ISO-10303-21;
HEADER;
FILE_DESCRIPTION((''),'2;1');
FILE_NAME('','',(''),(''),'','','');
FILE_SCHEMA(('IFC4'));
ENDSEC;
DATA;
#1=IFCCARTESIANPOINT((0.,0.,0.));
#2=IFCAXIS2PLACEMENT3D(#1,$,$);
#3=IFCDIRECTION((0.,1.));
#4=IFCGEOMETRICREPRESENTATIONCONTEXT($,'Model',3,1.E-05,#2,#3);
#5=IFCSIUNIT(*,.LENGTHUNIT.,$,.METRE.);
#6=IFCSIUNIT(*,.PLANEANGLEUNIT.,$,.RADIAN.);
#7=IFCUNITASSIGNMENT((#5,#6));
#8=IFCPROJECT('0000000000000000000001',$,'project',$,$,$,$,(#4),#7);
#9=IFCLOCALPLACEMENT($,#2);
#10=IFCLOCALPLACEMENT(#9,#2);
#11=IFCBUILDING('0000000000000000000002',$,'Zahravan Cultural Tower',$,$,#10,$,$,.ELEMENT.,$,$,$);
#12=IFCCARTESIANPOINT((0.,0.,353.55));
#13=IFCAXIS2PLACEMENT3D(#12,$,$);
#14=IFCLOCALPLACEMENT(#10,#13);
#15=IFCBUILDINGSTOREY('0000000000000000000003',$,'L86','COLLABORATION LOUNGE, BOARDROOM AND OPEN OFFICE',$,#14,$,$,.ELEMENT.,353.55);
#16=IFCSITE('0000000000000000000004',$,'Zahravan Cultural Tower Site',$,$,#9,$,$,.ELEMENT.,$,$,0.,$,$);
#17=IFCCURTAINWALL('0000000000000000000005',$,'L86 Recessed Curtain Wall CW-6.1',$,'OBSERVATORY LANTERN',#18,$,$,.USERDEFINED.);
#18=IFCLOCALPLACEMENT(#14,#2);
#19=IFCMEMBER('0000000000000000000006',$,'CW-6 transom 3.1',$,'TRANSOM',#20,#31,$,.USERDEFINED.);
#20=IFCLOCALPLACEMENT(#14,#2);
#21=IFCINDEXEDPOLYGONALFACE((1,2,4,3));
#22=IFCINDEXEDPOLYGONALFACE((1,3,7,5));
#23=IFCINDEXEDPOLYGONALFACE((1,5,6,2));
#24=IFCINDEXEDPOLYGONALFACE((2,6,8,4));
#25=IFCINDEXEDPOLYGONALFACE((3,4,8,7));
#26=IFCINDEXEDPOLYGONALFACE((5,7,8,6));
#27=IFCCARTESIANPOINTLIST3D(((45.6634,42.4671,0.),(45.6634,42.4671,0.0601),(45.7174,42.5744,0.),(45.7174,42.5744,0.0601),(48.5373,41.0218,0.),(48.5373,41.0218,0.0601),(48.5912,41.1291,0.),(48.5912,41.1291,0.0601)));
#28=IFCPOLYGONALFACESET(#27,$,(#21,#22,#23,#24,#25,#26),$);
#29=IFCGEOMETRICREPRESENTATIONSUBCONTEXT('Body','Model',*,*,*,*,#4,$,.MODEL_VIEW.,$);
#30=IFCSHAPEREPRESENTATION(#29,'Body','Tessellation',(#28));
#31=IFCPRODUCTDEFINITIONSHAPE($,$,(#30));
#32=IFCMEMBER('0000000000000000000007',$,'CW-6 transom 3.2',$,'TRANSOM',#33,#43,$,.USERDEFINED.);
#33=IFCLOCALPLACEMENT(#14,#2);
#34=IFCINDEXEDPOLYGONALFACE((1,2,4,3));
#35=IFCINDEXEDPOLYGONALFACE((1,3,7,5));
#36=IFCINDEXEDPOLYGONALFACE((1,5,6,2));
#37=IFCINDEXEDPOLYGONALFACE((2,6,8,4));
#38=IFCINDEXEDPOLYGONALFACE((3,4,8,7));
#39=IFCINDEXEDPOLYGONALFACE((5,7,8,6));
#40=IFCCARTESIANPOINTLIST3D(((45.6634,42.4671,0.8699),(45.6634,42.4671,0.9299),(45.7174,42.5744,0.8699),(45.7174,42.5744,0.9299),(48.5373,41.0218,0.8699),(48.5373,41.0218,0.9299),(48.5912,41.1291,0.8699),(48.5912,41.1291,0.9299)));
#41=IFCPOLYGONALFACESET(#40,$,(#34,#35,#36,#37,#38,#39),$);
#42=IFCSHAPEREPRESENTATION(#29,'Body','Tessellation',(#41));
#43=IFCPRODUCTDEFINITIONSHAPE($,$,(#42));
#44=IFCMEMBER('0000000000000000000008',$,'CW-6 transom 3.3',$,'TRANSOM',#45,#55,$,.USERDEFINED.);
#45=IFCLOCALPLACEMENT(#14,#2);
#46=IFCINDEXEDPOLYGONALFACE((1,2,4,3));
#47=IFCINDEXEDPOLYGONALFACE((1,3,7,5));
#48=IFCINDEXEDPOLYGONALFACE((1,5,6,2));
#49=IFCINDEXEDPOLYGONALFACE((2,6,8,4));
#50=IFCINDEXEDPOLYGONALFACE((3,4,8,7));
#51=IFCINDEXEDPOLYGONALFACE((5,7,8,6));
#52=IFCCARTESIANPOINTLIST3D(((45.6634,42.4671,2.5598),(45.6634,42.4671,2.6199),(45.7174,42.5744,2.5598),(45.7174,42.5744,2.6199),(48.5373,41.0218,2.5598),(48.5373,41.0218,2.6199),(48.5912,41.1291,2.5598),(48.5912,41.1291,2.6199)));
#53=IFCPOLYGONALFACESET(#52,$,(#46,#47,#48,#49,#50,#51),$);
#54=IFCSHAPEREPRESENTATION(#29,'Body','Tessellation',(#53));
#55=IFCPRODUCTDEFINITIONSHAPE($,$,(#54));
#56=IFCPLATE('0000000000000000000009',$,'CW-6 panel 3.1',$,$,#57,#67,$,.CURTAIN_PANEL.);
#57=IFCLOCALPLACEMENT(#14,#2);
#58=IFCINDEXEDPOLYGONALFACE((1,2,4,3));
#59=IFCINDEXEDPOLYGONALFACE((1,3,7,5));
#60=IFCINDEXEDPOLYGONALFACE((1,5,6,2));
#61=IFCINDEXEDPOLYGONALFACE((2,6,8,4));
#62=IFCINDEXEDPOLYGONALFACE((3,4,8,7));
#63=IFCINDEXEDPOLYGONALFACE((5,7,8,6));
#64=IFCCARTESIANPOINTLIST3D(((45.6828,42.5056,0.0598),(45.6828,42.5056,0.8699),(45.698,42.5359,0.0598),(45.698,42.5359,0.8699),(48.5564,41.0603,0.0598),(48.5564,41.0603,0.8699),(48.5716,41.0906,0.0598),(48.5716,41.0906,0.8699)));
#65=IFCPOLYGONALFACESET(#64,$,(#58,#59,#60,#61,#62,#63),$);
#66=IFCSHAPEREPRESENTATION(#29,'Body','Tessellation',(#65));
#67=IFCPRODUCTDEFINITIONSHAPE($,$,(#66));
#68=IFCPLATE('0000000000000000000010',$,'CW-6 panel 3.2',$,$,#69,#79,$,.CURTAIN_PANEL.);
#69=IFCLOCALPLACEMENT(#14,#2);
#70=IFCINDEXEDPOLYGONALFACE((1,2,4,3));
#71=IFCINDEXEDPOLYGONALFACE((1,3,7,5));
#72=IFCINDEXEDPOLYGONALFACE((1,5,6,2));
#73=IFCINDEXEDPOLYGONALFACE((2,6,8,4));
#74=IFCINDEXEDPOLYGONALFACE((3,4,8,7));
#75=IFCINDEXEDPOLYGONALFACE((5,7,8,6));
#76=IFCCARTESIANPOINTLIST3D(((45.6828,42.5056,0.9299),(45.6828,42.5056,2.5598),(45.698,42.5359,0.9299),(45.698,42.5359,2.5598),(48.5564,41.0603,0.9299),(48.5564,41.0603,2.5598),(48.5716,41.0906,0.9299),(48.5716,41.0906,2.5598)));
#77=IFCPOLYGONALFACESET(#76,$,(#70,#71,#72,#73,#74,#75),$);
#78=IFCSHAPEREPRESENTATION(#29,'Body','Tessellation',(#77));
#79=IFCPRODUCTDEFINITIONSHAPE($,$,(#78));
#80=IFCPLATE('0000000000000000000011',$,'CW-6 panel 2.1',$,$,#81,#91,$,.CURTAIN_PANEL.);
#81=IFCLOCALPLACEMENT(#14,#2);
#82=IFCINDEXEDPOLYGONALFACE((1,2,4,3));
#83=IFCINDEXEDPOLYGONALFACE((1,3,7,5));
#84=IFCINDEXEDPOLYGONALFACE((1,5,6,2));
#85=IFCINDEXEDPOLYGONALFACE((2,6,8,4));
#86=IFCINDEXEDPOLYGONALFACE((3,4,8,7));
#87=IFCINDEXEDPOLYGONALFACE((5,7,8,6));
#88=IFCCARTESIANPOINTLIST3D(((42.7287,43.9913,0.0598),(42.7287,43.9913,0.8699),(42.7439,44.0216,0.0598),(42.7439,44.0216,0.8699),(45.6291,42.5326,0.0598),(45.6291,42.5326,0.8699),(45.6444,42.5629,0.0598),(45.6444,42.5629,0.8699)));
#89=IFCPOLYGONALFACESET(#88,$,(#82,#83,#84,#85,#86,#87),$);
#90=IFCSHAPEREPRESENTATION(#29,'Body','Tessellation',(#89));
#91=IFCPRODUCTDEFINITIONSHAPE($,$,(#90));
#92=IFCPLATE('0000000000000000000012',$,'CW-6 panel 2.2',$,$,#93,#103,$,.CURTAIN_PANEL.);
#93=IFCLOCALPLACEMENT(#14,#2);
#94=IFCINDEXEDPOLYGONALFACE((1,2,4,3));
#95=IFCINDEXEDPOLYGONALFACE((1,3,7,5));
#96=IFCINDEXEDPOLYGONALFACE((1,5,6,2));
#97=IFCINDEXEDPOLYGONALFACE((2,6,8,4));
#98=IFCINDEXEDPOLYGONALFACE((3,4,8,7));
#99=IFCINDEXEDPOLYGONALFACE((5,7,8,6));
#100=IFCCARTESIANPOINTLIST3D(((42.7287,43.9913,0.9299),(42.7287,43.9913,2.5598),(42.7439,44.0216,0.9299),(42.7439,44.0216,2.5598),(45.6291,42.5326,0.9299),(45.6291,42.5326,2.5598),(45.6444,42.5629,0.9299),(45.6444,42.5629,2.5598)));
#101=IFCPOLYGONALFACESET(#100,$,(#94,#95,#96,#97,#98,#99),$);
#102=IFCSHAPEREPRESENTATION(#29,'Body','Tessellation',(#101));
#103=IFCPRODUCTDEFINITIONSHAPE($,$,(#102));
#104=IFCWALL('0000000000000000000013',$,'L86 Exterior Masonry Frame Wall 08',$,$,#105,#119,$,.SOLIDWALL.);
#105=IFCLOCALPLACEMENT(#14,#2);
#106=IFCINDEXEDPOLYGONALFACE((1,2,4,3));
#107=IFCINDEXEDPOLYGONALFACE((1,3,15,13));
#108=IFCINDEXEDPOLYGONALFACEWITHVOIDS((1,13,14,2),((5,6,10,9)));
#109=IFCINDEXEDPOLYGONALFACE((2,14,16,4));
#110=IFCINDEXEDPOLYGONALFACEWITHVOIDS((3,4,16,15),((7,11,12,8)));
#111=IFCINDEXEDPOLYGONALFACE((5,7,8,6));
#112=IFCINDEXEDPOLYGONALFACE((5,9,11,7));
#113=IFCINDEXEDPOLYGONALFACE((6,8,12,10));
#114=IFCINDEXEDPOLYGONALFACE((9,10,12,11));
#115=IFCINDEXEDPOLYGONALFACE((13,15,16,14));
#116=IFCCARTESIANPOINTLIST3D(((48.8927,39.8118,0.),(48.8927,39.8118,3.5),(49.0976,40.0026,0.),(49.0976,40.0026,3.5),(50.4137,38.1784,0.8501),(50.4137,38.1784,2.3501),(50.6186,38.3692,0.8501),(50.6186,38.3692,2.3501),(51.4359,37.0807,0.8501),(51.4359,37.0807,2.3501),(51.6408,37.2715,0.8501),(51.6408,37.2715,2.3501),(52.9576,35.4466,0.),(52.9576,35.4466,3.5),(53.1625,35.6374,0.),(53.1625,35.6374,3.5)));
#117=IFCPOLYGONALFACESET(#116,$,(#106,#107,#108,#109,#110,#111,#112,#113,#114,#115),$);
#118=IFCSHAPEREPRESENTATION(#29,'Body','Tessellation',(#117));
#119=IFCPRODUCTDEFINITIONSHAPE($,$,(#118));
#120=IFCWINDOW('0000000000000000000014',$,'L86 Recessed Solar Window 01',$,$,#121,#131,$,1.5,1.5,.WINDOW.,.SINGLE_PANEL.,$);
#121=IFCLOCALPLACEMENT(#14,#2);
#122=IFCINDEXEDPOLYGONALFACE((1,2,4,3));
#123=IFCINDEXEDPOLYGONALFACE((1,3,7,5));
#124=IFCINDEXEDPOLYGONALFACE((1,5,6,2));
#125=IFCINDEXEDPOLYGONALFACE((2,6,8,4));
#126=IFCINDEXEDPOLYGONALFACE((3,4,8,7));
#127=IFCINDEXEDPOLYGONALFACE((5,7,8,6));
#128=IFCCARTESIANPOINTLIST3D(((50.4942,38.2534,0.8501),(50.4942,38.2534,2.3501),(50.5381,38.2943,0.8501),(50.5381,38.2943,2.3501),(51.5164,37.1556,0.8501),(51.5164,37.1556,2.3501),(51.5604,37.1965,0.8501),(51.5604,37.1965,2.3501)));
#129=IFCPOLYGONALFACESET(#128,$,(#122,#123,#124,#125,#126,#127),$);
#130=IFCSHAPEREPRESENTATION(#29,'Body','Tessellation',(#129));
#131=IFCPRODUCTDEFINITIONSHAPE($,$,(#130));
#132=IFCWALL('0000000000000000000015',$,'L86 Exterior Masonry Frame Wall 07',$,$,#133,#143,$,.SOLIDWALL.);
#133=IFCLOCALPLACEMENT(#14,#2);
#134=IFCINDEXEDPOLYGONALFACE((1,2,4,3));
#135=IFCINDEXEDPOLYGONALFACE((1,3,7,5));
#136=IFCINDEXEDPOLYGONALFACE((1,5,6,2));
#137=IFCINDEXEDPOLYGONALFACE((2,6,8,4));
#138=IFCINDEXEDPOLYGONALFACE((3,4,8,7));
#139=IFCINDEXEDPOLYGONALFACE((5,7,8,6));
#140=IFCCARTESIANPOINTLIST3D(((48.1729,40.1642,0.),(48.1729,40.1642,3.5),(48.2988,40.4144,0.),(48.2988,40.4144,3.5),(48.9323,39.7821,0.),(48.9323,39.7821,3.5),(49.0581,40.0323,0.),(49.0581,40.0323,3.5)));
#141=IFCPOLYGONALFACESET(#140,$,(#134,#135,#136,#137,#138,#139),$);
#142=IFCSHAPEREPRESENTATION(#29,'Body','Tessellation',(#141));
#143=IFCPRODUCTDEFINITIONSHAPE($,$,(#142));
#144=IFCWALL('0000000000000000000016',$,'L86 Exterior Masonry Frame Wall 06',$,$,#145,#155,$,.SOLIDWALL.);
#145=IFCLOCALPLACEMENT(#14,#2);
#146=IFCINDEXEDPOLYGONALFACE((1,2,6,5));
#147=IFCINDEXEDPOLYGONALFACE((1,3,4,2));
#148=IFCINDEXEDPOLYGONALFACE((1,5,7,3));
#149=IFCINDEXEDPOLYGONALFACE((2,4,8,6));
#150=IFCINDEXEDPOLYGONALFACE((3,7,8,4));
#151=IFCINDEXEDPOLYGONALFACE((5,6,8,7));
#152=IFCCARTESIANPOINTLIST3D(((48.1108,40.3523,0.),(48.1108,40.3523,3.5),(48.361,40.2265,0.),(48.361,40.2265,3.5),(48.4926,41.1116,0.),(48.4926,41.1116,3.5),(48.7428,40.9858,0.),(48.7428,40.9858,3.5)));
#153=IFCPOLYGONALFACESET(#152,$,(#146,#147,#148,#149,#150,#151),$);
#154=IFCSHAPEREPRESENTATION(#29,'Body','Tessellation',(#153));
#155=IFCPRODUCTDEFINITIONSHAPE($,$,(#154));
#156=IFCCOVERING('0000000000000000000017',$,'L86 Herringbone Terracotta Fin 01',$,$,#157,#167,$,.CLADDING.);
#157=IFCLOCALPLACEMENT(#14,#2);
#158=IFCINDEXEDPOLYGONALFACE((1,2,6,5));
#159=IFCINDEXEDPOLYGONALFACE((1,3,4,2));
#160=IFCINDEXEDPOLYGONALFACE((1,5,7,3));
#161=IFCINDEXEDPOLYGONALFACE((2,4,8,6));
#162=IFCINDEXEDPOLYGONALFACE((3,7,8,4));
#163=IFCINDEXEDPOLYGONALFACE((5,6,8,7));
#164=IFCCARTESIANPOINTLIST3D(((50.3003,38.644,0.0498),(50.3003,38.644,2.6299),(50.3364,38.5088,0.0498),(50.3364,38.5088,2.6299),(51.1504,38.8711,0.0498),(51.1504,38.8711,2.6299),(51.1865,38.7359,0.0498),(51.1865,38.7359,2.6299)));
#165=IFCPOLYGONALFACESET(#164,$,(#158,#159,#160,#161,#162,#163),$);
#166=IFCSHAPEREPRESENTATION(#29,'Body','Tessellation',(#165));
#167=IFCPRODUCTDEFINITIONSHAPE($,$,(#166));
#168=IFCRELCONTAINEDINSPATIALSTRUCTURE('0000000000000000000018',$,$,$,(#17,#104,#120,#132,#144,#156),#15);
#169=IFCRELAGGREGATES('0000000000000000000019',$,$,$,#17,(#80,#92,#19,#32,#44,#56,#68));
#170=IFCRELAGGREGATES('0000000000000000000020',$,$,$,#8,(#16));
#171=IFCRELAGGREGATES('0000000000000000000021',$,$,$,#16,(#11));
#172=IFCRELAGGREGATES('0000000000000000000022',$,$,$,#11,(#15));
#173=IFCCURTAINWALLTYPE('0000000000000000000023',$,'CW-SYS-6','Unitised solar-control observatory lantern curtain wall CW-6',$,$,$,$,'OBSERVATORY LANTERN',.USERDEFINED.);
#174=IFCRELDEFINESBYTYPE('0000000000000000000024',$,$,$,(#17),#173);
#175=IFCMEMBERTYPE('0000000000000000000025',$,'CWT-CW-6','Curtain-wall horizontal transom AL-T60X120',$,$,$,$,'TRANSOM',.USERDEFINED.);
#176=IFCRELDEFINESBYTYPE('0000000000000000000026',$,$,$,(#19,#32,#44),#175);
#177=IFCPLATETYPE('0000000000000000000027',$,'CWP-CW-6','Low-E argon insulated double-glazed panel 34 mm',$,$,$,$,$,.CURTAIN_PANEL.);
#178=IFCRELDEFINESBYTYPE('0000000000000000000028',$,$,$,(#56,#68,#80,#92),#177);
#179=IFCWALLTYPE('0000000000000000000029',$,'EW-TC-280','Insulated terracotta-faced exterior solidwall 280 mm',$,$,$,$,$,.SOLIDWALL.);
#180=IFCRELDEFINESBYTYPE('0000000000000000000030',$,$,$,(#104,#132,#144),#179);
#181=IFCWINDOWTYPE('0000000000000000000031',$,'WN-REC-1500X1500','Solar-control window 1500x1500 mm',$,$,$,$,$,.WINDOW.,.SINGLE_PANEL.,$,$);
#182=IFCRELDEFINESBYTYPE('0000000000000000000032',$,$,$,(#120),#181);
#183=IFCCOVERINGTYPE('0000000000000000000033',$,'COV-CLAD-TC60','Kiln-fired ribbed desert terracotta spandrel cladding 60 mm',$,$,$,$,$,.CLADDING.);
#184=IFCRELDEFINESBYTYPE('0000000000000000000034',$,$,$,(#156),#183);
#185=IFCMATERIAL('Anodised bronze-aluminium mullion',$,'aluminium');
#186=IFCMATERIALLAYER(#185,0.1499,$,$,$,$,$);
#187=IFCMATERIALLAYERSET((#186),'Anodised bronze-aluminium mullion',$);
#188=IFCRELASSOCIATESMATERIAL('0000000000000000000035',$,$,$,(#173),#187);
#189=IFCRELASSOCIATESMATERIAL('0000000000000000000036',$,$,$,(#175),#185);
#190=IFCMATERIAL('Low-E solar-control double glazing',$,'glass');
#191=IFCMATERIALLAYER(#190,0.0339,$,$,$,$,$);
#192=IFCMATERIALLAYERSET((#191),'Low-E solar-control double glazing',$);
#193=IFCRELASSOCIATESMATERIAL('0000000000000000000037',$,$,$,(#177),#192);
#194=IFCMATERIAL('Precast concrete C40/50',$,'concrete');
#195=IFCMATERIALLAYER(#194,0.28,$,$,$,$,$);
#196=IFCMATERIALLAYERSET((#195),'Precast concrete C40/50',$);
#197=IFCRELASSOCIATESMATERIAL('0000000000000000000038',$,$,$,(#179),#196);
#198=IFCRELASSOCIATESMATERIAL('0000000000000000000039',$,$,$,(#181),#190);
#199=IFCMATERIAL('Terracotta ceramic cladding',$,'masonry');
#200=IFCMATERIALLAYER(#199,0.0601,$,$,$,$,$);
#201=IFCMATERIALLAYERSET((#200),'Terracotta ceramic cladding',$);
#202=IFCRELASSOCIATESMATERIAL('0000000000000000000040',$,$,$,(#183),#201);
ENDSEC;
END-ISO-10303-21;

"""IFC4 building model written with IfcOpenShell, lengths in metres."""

from ifc_helpers import new_model, si_unit, direction, frame, frame_2d, origin, origin_2d, place, context, subcontext, project, spatial, rectangle, extrude, source, transform, mapped, material, layer, layer_set, material_profile, profile_set, type_object, element, fill, aggregate, save


model = new_model("IFC4")

# Units and contexts
model_context = context("Model", 3, precision=1e-05, world=origin(), true_north=direction((0.0, 1.0)))
body_context = subcontext(model_context, "Body", "Model", "MODEL_VIEW")
ifc_project = project(units=[si_unit("LENGTHUNIT", "METRE"), si_unit("PLANEANGLEUNIT", "RADIAN")], contexts=[model_context])

# Site, building, storey
site_placement = place(None, origin())
site = spatial("IfcSite", under=ifc_project, at=site_placement, Name="Zahravan Cultural Tower Site", CompositionType="ELEMENT", RefElevation=0.0)
building_placement = place(site_placement, origin())
building = spatial("IfcBuilding", under=site, at=building_placement, Name="Zahravan Cultural Tower", CompositionType="ELEMENT")
storey_placement = place(building_placement, frame((0.0, 0.0, 353.55)))
storey = spatial("IfcBuildingStorey", under=building, at=storey_placement, Name="L86", Description="COLLABORATION LOUNGE, BOARDROOM AND OPEN OFFICE", CompositionType="ELEMENT", Elevation=353.55)

# Curtain wall, members, plates
ifc_material_1 = material(Name="Anodised bronze-aluminium mullion", Category="aluminium")
ifc_layer_1 = layer(ifc_material_1, 0.1499)
ifc_layer_set_1 = layer_set([ifc_layer_1], Name="Anodised bronze-aluminium mullion")
curtain_wall_type = type_object("IfcCurtainWallType", Name="CW-SYS-6", Description="Unitised solar-control observatory lantern curtain wall CW-6", ElementType="OBSERVATORY LANTERN", PredefinedType="USERDEFINED", material=ifc_layer_set_1)
curtain_wall_placement = place(storey_placement, origin())
curtain_wall = element("IfcCurtainWall", 1, at=curtain_wall_placement, inside=storey, type_object=curtain_wall_type, Name="L86 Recessed Curtain Wall CW-6.1", ObjectType="OBSERVATORY LANTERN", PredefinedType="USERDEFINED")
ifc_material_profile_1 = material_profile(ifc_material_1, rectangle(XDim=0.1201, YDim=0.0601, at=origin_2d()), Name="AL-T60X120")
ifc_profile_set_1 = profile_set([ifc_material_profile_1], Name="Anodised bronze-aluminium mullion")
member_type_1 = type_object("IfcMemberType", Name="CWT-CW-6", Description="Curtain-wall horizontal transom AL-T60X120", ElementType="TRANSOM", PredefinedType="USERDEFINED", material=ifc_profile_set_1)
shared_shape_1 = source(origin(), body_context, "Body", "SweptSolid", [
    extrude(rectangle(XDim=0.1201, YDim=0.0601, at=origin_2d()), origin(), (0.0, 0.0, 1.0), 3.2168),
])
member_1_placement = place(storey_placement, frame((45.6904, 42.5208, 0.03), z_axis=(0.893377, -0.449307, 0.0), x_axis=(0.449307, 0.893377, 0.0)))
member_1 = element("IfcMember", 2, at=member_1_placement, type_object=member_type_1, Name="CW-6 transom 3.1", ObjectType="TRANSOM", PredefinedType="USERDEFINED", context=body_context, shape_type="MappedRepresentation", body=[
    mapped(shared_shape_1, transform((0.0, 0.0, 0.0), x_axis=(1.0, 0.0, 0.0), y_axis=(0.0, 1.0, 0.0), z_axis=(0.0, 0.0, 1.0), scale=1.0)),
])
member_2_placement = place(storey_placement, frame((45.6904, 42.5208, 0.8999), z_axis=(0.893377, -0.449307, 0.0), x_axis=(0.449307, 0.893377, 0.0)))
member_2 = element("IfcMember", 3, at=member_2_placement, type_object=member_type_1, Name="CW-6 transom 3.2", ObjectType="TRANSOM", PredefinedType="USERDEFINED", context=body_context, shape_type="MappedRepresentation", body=[
    mapped(shared_shape_1, transform((0.0, 0.0, 0.0), x_axis=(1.0, 0.0, 0.0), y_axis=(0.0, 1.0, 0.0), z_axis=(0.0, 0.0, 1.0), scale=1.0)),
])
member_3_placement = place(storey_placement, frame((45.6904, 42.5208, 2.5898), z_axis=(0.893377, -0.449307, 0.0), x_axis=(0.449307, 0.893377, 0.0)))
member_3 = element("IfcMember", 4, at=member_3_placement, type_object=member_type_1, Name="CW-6 transom 3.3", ObjectType="TRANSOM", PredefinedType="USERDEFINED", context=body_context, shape_type="MappedRepresentation", body=[
    mapped(shared_shape_1, transform((0.0, 0.0, 0.0), x_axis=(1.0, 0.0, 0.0), y_axis=(0.0, 1.0, 0.0), z_axis=(0.0, 0.0, 1.0), scale=1.0)),
])
ifc_material_2 = material(Name="Low-E solar-control double glazing", Category="glass")
ifc_layer_2 = layer(ifc_material_2, 0.0339)
ifc_layer_set_2 = layer_set([ifc_layer_2], Name="Low-E solar-control double glazing")
plate_type = type_object("IfcPlateType", Name="CWP-CW-6", Description="Low-E argon insulated double-glazed panel 34 mm", PredefinedType="CURTAIN_PANEL", material=ifc_layer_set_2)
shared_shape_2 = source(origin(), body_context, "Body", "SweptSolid", [
    extrude(rectangle(XDim=3.2166, YDim=0.0339, at=origin_2d()), origin(), (0.0, 0.0, 1.0), 0.8101),
])
plate_1_placement = place(storey_placement, frame((47.1272, 41.7981, 0.0598), z_axis=(0.0, 0.0, 1.0), x_axis=(0.893372, -0.449317, 0.0)))
plate_1 = element("IfcPlate", 5, at=plate_1_placement, type_object=plate_type, Name="CW-6 panel 3.1", PredefinedType="CURTAIN_PANEL", context=body_context, shape_type="MappedRepresentation", body=[
    mapped(shared_shape_2, transform((0.0, 0.0, 0.0), x_axis=(1.0, 0.0, 0.0), y_axis=(0.0, 1.0, 0.0), z_axis=(0.0, 0.0, 1.0), scale=1.0)),
])
shared_shape_3 = source(origin(), body_context, "Body", "SweptSolid", [
    extrude(rectangle(XDim=3.2166, YDim=0.0339, at=origin_2d()), origin(), (0.0, 0.0, 1.0), 1.6299),
])
plate_2_placement = place(storey_placement, frame((47.1272, 41.7981, 0.9299), z_axis=(0.0, 0.0, 1.0), x_axis=(0.893372, -0.449317, 0.0)))
plate_2 = element("IfcPlate", 6, at=plate_2_placement, type_object=plate_type, Name="CW-6 panel 3.2", PredefinedType="CURTAIN_PANEL", context=body_context, shape_type="MappedRepresentation", body=[
    mapped(shared_shape_3, transform((0.0, 0.0, 0.0), x_axis=(1.0, 0.0, 0.0), y_axis=(0.0, 1.0, 0.0), z_axis=(0.0, 0.0, 1.0), scale=1.0)),
])
shared_shape_4 = source(origin(), body_context, "Body", "SweptSolid", [
    extrude(rectangle(XDim=3.2466, YDim=0.0339, at=origin_2d()), origin(), (0.0, 0.0, 1.0), 0.8101),
])
plate_3_placement = place(storey_placement, frame((44.1865, 43.2771, 0.0598), z_axis=(0.0, 0.0, 1.0), x_axis=(0.893372, -0.449317, 0.0)))
plate_3 = element("IfcPlate", 7, at=plate_3_placement, type_object=plate_type, Name="CW-6 panel 2.1", PredefinedType="CURTAIN_PANEL", context=body_context, shape_type="MappedRepresentation", body=[
    mapped(shared_shape_4, transform((0.0, 0.0, 0.0), x_axis=(1.0, 0.0, 0.0), y_axis=(0.0, 1.0, 0.0), z_axis=(0.0, 0.0, 1.0), scale=1.0)),
])
shared_shape_5 = source(origin(), body_context, "Body", "SweptSolid", [
    extrude(rectangle(XDim=3.2466, YDim=0.0339, at=origin_2d()), origin(), (0.0, 0.0, 1.0), 1.6299),
])
plate_4_placement = place(storey_placement, frame((44.1865, 43.2771, 0.9299), z_axis=(0.0, 0.0, 1.0), x_axis=(0.893372, -0.449317, 0.0)))
plate_4 = element("IfcPlate", 8, at=plate_4_placement, type_object=plate_type, Name="CW-6 panel 2.2", PredefinedType="CURTAIN_PANEL", context=body_context, shape_type="MappedRepresentation", body=[
    mapped(shared_shape_5, transform((0.0, 0.0, 0.0), x_axis=(1.0, 0.0, 0.0), y_axis=(0.0, 1.0, 0.0), z_axis=(0.0, 0.0, 1.0), scale=1.0)),
])
aggregate(curtain_wall, [plate_3, plate_4, member_1, member_2, member_3, plate_1, plate_2])

# Wall, opening, window
ifc_material_3 = material(Name="Precast concrete C40/50", Category="concrete")
ifc_layer_3 = layer(ifc_material_3, 0.28)
ifc_layer_set_3 = layer_set([ifc_layer_3], Name="Precast concrete C40/50")
wall_type = type_object("IfcWallType", Name="EW-TC-280", Description="Insulated terracotta-faced exterior solidwall 280 mm", PredefinedType="SOLIDWALL", material=ifc_layer_set_3)
wall_1_placement = place(storey_placement, frame((48.9951, 39.9072, 0.0), z_axis=(0.0, 0.0, 1.0), x_axis=(0.681487, -0.731831, 0.0)))
wall_1 = element("IfcWall", 9, at=wall_1_placement, inside=storey, type_object=wall_type, Name="L86 Exterior Masonry Frame Wall 08", PredefinedType="SOLIDWALL", context=body_context, shape_type="SweptSolid", body=[
    extrude(rectangle(XDim=5.9648, YDim=0.28, at=frame_2d((2.9824, 0.0))), origin(), (0.0, 0.0, 1.0), 3.5),
])
opening_placement = place(wall_1_placement, frame((2.2319, 0.0, 0.8501)))
opening = element("IfcOpeningElement", 10, at=opening_placement, cuts=wall_1, PredefinedType="OPENING", context=body_context, shape_type="SweptSolid", body=[
    extrude(rectangle(XDim=1.5, YDim=1.5, at=frame_2d((0.75, 0.75))), frame((0.0, 0.1499, 0.0), z_axis=(0.0, -1.0, 0.0), x_axis=(1.0, 0.0, 0.0)), (0.0, 0.0, 1.0), 0.3),
])
window_type = type_object("IfcWindowType", Name="WN-REC-1500X1500", Description="Solar-control window 1500x1500 mm", PartitioningType="SINGLE_PANEL", PredefinedType="WINDOW", material=ifc_material_2)
shared_shape_6 = source(origin(), body_context, "Body", "SweptSolid", [
    extrude(rectangle(XDim=1.5, YDim=1.5, at=frame_2d((0.75, 0.75))), frame((0.0, 0.03, 0.0), z_axis=(0.0, -1.0, 0.0), x_axis=(1.0, 0.0, 0.0)), (0.0, 0.0, 1.0), 0.0601),
])
window_placement = place(opening_placement, origin())
window = element("IfcWindow", 11, at=window_placement, inside=storey, type_object=window_type, Name="L86 Recessed Solar Window 01", OverallHeight=1.5, OverallWidth=1.5, PartitioningType="SINGLE_PANEL", PredefinedType="WINDOW", context=body_context, shape_type="MappedRepresentation", body=[
    mapped(shared_shape_6, transform((0.0, 0.0, 0.0), x_axis=(1.0, 0.0, 0.0), y_axis=(0.0, 1.0, 0.0), z_axis=(0.0, 0.0, 1.0), scale=1.0)),
])
fill(opening, window)

# Walls
shared_shape_7 = source(origin(), body_context, "Body", "SweptSolid", [
    extrude(rectangle(XDim=0.8501, YDim=0.28, at=frame_2d((0.425, 0.0))), origin(), (0.0, 0.0, 1.0), 3.5),
])
wall_2_placement = place(storey_placement, frame((48.2358, 40.2893, 0.0), z_axis=(0.0, 0.0, 1.0), x_axis=(0.893275, -0.44951, 0.0)))
element("IfcWall", 12, at=wall_2_placement, inside=storey, type_object=wall_type, Name="L86 Exterior Masonry Frame Wall 07", PredefinedType="SOLIDWALL", context=body_context, shape_type="MappedRepresentation", body=[
    mapped(shared_shape_7, transform((0.0, 0.0, 0.0), x_axis=(1.0, 0.0, 0.0), y_axis=(0.0, 1.0, 0.0), z_axis=(0.0, 0.0, 1.0), scale=1.0)),
])
shared_shape_8 = source(origin(), body_context, "Body", "SweptSolid", [
    extrude(rectangle(XDim=0.8499, YDim=0.28, at=frame_2d((0.4248, 0.0))), origin(), (0.0, 0.0, 1.0), 3.5),
])
wall_3_placement = place(storey_placement, frame((48.6177, 41.0486, 0.0), z_axis=(0.0, 0.0, 1.0), x_axis=(-0.449281, -0.893391, 0.0)))
element("IfcWall", 13, at=wall_3_placement, inside=storey, type_object=wall_type, Name="L86 Exterior Masonry Frame Wall 06", PredefinedType="SOLIDWALL", context=body_context, shape_type="MappedRepresentation", body=[
    mapped(shared_shape_8, transform((0.0, 0.0, 0.0), x_axis=(1.0, 0.0, 0.0), y_axis=(0.0, 1.0, 0.0), z_axis=(0.0, 0.0, 1.0), scale=1.0)),
])

# Covering
ifc_material_4 = material(Name="Terracotta ceramic cladding", Category="masonry")
ifc_layer_4 = layer(ifc_material_4, 0.0601)
ifc_layer_set_4 = layer_set([ifc_layer_4], Name="Terracotta ceramic cladding")
covering_type = type_object("IfcCoveringType", Name="COV-CLAD-TC60", Description="Kiln-fired ribbed desert terracotta spandrel cladding 60 mm", PredefinedType="CLADDING", material=ifc_layer_set_4)
shared_shape_9 = source(origin(), body_context, "Body", "SweptSolid", [
    extrude(rectangle(XDim=0.8799, YDim=0.1399, at=origin_2d()), origin(), (0.0, 0.0, 1.0), 2.5801),
])
for number, where, z_axis, x_axis, name in (
    (14, (50.7434, 38.6899, 0.0498), (0.0, 0.0, 1.0), (0.966111, 0.258128, 0.0), "L86 Herringbone Terracotta Fin 01"),
):
    element("IfcCovering", number, at=place(storey_placement, frame(where, z_axis=z_axis, x_axis=x_axis)), inside=storey, type_object=covering_type, Name=name, PredefinedType="CLADDING", context=body_context, shape_type="MappedRepresentation", body=[
        mapped(shared_shape_9, transform((0.0, 0.0, 0.0), x_axis=(1.0, 0.0, 0.0), y_axis=(0.0, 1.0, 0.0), z_axis=(0.0, 0.0, 1.0), scale=1.0)),
    ])

save(model, "model.ifc")
